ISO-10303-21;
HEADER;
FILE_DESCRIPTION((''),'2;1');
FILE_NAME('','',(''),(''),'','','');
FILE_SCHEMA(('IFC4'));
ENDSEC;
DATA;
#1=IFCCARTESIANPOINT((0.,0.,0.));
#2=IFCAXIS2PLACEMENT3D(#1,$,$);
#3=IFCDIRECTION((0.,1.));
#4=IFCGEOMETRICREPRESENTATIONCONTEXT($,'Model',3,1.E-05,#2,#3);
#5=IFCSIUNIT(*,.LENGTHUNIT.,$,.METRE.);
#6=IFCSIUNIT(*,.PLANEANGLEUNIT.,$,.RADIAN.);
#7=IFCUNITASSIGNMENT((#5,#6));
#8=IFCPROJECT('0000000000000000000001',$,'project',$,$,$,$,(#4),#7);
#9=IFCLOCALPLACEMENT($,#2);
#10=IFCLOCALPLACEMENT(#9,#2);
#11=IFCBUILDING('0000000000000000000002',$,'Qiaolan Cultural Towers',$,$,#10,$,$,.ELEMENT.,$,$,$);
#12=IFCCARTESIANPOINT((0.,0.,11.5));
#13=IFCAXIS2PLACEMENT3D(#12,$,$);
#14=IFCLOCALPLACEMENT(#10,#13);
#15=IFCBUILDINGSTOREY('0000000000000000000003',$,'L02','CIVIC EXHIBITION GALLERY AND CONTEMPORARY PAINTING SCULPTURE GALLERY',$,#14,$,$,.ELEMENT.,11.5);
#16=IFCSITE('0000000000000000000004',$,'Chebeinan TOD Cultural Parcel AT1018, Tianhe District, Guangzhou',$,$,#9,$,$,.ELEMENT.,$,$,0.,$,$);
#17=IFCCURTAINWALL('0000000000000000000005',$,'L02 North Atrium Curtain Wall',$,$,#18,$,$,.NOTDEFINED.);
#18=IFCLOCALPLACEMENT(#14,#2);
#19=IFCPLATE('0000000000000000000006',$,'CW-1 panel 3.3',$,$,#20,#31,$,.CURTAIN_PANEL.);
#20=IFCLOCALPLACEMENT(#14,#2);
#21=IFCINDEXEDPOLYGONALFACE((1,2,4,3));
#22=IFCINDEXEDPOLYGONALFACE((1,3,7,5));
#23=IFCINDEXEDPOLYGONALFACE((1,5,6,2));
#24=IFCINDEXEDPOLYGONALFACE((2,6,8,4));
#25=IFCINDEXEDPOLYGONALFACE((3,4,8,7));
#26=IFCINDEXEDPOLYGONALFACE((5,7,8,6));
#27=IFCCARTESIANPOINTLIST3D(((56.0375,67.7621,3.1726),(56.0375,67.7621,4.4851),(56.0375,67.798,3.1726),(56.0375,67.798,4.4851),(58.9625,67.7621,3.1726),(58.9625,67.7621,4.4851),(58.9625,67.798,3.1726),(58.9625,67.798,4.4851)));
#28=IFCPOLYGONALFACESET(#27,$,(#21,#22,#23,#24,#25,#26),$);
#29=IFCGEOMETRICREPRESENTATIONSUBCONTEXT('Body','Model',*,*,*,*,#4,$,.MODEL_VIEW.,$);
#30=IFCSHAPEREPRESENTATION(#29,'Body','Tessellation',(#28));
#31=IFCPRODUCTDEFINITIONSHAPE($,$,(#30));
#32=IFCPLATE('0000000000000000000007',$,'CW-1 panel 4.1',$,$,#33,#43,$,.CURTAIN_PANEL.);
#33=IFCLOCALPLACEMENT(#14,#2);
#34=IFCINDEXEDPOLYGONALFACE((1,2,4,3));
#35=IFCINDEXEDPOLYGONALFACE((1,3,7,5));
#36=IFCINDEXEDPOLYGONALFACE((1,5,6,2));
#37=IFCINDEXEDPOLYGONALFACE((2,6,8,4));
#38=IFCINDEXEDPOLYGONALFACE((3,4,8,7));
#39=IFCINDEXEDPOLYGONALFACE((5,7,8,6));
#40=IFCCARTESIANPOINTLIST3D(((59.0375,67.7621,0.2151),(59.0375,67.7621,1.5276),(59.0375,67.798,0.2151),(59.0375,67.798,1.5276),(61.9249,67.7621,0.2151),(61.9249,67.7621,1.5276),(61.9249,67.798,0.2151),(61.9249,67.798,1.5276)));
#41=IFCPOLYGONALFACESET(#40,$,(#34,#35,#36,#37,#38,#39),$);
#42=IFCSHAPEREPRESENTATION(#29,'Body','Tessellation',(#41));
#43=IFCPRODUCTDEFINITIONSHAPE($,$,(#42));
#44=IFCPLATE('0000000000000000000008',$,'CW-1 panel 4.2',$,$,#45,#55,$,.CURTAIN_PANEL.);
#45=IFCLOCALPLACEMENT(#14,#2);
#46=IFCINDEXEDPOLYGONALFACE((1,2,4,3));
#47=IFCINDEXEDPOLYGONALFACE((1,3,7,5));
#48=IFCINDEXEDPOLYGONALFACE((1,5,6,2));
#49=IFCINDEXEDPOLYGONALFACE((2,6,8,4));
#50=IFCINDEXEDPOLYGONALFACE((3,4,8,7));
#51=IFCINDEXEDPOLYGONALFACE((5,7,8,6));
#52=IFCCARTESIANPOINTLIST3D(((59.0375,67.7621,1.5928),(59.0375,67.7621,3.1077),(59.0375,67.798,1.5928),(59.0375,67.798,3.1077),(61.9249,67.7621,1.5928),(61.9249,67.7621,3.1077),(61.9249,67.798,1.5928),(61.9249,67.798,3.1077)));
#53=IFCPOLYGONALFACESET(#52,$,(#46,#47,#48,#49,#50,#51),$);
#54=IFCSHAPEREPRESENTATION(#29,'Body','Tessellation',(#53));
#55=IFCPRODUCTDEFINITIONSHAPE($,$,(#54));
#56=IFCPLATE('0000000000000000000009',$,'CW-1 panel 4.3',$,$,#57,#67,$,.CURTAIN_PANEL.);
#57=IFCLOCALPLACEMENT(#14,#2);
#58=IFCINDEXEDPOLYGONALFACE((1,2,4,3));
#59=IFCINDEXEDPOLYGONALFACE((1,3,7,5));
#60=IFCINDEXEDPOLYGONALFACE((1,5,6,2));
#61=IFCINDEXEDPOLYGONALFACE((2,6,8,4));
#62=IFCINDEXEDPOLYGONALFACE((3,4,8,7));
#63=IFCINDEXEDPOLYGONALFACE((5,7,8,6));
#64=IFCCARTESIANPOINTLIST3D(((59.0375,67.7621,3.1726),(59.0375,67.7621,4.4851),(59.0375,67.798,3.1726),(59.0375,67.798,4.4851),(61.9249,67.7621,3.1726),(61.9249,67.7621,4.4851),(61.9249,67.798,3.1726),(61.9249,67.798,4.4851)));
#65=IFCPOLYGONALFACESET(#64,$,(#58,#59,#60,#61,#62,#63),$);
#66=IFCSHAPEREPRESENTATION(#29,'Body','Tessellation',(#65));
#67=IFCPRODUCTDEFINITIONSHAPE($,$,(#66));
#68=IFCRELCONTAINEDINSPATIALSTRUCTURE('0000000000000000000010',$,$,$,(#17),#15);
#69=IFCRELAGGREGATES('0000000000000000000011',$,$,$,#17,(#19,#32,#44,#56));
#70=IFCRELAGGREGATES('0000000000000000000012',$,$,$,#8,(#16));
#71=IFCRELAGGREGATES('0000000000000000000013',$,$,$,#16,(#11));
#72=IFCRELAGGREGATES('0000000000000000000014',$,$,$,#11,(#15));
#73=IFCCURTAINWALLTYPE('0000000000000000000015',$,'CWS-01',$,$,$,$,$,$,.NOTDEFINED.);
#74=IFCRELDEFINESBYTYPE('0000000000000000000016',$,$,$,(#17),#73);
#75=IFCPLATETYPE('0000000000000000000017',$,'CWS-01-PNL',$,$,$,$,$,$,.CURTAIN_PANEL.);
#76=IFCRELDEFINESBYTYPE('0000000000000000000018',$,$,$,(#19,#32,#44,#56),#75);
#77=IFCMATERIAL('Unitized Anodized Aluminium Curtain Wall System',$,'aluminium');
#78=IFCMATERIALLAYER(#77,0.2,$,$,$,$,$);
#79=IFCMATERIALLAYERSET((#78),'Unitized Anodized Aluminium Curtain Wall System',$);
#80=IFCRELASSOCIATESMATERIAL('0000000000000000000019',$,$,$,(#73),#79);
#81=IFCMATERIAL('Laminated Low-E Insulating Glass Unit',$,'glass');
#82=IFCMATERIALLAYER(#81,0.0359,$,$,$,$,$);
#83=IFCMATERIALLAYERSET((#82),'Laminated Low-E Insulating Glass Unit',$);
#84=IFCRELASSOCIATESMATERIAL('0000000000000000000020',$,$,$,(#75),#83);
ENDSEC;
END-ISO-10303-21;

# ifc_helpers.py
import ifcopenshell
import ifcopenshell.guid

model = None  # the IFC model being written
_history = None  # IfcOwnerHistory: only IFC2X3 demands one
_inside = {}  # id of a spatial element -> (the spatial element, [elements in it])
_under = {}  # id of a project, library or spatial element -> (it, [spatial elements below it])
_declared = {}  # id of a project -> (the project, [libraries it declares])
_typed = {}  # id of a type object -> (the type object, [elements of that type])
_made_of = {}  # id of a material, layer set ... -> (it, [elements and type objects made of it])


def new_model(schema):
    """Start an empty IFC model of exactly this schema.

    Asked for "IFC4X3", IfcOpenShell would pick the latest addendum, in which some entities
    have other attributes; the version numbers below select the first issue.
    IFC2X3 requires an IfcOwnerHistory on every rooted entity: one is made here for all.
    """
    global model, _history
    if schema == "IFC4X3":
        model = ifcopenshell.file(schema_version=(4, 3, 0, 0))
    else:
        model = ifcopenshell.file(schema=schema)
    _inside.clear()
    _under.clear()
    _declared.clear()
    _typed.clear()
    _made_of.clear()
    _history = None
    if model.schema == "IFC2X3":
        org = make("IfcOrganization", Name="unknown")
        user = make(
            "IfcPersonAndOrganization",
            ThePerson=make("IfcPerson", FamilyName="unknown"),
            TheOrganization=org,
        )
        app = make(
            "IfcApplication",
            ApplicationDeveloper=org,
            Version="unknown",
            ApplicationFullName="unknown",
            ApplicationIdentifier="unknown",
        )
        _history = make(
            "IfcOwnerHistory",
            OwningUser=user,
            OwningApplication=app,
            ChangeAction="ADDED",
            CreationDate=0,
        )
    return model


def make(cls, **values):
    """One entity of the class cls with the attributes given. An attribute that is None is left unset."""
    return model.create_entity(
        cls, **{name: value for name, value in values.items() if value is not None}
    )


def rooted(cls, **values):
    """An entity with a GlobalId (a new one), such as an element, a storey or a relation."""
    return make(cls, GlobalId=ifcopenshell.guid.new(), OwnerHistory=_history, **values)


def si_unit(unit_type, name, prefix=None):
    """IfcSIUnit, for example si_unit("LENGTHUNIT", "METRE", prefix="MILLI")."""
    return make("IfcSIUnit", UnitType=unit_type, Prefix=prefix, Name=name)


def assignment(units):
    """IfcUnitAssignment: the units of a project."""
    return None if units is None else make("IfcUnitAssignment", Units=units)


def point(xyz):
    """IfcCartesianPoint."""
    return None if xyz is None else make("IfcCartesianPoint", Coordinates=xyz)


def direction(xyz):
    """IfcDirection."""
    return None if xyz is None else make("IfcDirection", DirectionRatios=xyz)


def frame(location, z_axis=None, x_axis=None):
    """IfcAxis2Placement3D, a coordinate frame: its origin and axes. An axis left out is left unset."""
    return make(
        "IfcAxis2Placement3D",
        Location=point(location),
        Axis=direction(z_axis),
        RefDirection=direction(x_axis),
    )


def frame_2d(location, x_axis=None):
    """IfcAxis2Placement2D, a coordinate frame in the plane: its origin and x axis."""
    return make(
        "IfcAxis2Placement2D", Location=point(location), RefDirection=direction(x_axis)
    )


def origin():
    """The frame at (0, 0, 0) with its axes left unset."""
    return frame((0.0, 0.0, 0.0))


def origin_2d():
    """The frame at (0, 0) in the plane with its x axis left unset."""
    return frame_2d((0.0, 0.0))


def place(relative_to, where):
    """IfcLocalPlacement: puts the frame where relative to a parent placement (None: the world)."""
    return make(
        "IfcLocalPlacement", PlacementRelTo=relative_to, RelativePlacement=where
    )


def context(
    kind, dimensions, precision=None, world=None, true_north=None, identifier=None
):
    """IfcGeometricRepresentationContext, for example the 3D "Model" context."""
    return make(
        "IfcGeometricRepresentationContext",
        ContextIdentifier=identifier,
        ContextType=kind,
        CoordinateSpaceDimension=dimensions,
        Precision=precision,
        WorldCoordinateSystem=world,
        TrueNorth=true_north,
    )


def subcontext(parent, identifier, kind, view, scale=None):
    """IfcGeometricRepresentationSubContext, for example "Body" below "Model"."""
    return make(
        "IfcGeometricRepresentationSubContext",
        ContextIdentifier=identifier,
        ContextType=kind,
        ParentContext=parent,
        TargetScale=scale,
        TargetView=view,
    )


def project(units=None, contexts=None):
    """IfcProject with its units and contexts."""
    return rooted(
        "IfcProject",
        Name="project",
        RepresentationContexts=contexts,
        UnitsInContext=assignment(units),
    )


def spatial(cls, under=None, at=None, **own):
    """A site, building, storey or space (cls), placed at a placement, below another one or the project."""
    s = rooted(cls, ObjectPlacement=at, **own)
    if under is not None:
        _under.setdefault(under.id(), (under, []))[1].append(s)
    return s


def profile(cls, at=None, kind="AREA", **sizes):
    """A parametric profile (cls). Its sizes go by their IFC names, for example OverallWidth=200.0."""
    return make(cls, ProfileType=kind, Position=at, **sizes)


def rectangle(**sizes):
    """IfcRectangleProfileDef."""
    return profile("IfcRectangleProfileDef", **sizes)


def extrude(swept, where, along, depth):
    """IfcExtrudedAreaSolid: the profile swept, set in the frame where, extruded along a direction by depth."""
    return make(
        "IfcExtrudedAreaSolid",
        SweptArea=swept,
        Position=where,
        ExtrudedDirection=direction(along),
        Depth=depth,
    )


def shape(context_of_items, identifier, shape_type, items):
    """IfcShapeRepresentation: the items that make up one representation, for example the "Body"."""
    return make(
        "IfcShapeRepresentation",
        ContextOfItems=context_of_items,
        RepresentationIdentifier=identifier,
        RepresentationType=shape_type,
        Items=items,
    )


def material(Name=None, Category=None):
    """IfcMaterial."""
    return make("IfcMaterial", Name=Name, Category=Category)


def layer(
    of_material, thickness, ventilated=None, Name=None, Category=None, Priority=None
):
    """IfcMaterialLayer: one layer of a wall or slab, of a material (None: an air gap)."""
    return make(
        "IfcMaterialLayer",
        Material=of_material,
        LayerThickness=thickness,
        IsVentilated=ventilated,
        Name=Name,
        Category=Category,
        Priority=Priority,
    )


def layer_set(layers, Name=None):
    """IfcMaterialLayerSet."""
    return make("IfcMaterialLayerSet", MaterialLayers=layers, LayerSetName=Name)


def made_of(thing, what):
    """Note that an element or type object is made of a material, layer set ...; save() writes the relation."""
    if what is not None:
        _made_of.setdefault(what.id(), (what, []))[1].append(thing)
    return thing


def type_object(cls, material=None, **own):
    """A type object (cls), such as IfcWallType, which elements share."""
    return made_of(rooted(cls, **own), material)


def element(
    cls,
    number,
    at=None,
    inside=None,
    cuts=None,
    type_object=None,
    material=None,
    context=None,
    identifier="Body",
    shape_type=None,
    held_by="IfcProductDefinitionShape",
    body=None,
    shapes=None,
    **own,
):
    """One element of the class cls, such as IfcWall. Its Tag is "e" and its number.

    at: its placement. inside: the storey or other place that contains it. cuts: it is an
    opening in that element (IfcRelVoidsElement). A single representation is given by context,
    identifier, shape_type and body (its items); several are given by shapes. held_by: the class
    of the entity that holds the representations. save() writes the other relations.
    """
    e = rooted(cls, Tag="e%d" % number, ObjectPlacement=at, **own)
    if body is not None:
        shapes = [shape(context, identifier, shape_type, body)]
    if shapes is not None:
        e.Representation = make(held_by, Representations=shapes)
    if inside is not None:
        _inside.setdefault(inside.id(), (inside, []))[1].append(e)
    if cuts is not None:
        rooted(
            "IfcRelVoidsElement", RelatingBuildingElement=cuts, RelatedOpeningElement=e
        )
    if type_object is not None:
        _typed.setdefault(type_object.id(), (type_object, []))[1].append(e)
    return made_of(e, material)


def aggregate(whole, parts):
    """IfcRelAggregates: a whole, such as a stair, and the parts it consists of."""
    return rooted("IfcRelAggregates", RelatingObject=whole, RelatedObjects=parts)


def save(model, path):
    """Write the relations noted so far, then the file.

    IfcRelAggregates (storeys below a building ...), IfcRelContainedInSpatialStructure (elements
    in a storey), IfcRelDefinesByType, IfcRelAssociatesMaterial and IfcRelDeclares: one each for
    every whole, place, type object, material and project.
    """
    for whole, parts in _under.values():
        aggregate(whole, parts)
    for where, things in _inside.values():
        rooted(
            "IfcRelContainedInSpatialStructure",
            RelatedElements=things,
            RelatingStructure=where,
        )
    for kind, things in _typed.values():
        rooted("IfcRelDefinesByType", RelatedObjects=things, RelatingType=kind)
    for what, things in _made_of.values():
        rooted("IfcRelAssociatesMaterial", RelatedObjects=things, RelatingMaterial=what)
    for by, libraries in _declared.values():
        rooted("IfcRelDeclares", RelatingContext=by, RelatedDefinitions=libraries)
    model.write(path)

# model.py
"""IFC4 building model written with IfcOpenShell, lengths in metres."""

from ifc_helpers import new_model, si_unit, direction, frame, origin, origin_2d, place, context, subcontext, project, spatial, rectangle, extrude, material, layer, layer_set, type_object, element, aggregate, save


model = new_model("IFC4")

# Units and contexts
model_context = context("Model", 3, precision=1e-05, world=origin(), true_north=direction((0.0, 1.0)))
body_context = subcontext(model_context, "Body", "Model", "MODEL_VIEW")
ifc_project = project(units=[si_unit("LENGTHUNIT", "METRE"), si_unit("PLANEANGLEUNIT", "RADIAN")], contexts=[model_context])

# Site, building, storey
site_placement = place(None, origin())
site = spatial("IfcSite", under=ifc_project, at=site_placement, Name="Chebeinan TOD Cultural Parcel AT1018, Tianhe District, Guangzhou", CompositionType="ELEMENT", RefElevation=0.0)
building_placement = place(site_placement, origin())
building = spatial("IfcBuilding", under=site, at=building_placement, Name="Qiaolan Cultural Towers", CompositionType="ELEMENT")
storey_placement = place(building_placement, frame((0.0, 0.0, 11.5)))
storey = spatial("IfcBuildingStorey", under=building, at=storey_placement, Name="L02", Description="CIVIC EXHIBITION GALLERY AND CONTEMPORARY PAINTING SCULPTURE GALLERY", CompositionType="ELEMENT", Elevation=11.5)

# Curtain wall, plates
ifc_material_1 = material(Name="Unitized Anodized Aluminium Curtain Wall System", Category="aluminium")
ifc_layer_1 = layer(ifc_material_1, 0.2)
ifc_layer_set_1 = layer_set([ifc_layer_1], Name="Unitized Anodized Aluminium Curtain Wall System")
curtain_wall_type = type_object("IfcCurtainWallType", Name="CWS-01", PredefinedType="NOTDEFINED", material=ifc_layer_set_1)
curtain_wall_placement = place(storey_placement, origin())
curtain_wall = element("IfcCurtainWall", 1, at=curtain_wall_placement, inside=storey, type_object=curtain_wall_type, Name="L02 North Atrium Curtain Wall", PredefinedType="NOTDEFINED")
ifc_material_2 = material(Name="Laminated Low-E Insulating Glass Unit", Category="glass")
ifc_layer_2 = layer(ifc_material_2, 0.0359)
ifc_layer_set_2 = layer_set([ifc_layer_2], Name="Laminated Low-E Insulating Glass Unit")
plate_type = type_object("IfcPlateType", Name="CWS-01-PNL", PredefinedType="CURTAIN_PANEL", material=ifc_layer_set_2)
plate_1_placement = place(storey_placement, frame((57.5, 67.78, 3.1726), z_axis=(0.0, 0.0, 1.0), x_axis=(1.0, 0.0, 0.0)))
plate_1 = element("IfcPlate", 2, at=plate_1_placement, type_object=plate_type, Name="CW-1 panel 3.3", PredefinedType="CURTAIN_PANEL", context=body_context, shape_type="SweptSolid", body=[
    extrude(rectangle(XDim=2.925, YDim=0.0359, at=origin_2d()), origin(), (0.0, 0.0, 1.0), 1.3125),
])
plate_2_placement = place(storey_placement, frame((60.4812, 67.78, 0.2151), z_axis=(0.0, 0.0, 1.0), x_axis=(1.0, 0.0, 0.0)))
plate_2 = element("IfcPlate", 3, at=plate_2_placement, type_object=plate_type, Name="CW-1 panel 4.1", PredefinedType="CURTAIN_PANEL", context=body_context, shape_type="SweptSolid", body=[
    extrude(rectangle(XDim=2.8875, YDim=0.0359, at=origin_2d()), origin(), (0.0, 0.0, 1.0), 1.3125),
])
plate_3_placement = place(storey_placement, frame((60.4812, 67.78, 1.5928), z_axis=(0.0, 0.0, 1.0), x_axis=(1.0, 0.0, 0.0)))
plate_3 = element("IfcPlate", 4, at=plate_3_placement, type_object=plate_type, Name="CW-1 panel 4.2", PredefinedType="CURTAIN_PANEL", context=body_context, shape_type="SweptSolid", body=[
    extrude(rectangle(XDim=2.8875, YDim=0.0359, at=origin_2d()), origin(), (0.0, 0.0, 1.0), 1.5149),
])
plate_4_placement = place(storey_placement, frame((60.4812, 67.78, 3.1726), z_axis=(0.0, 0.0, 1.0), x_axis=(1.0, 0.0, 0.0)))
plate_4 = element("IfcPlate", 5, at=plate_4_placement, type_object=plate_type, Name="CW-1 panel 4.3", PredefinedType="CURTAIN_PANEL", context=body_context, shape_type="SweptSolid", body=[
    extrude(rectangle(XDim=2.8875, YDim=0.0359, at=origin_2d()), origin(), (0.0, 0.0, 1.0), 1.3125),
])
aggregate(curtain_wall, [plate_1, plate_2, plate_3, plate_4])

save(model, "model.ifc")
